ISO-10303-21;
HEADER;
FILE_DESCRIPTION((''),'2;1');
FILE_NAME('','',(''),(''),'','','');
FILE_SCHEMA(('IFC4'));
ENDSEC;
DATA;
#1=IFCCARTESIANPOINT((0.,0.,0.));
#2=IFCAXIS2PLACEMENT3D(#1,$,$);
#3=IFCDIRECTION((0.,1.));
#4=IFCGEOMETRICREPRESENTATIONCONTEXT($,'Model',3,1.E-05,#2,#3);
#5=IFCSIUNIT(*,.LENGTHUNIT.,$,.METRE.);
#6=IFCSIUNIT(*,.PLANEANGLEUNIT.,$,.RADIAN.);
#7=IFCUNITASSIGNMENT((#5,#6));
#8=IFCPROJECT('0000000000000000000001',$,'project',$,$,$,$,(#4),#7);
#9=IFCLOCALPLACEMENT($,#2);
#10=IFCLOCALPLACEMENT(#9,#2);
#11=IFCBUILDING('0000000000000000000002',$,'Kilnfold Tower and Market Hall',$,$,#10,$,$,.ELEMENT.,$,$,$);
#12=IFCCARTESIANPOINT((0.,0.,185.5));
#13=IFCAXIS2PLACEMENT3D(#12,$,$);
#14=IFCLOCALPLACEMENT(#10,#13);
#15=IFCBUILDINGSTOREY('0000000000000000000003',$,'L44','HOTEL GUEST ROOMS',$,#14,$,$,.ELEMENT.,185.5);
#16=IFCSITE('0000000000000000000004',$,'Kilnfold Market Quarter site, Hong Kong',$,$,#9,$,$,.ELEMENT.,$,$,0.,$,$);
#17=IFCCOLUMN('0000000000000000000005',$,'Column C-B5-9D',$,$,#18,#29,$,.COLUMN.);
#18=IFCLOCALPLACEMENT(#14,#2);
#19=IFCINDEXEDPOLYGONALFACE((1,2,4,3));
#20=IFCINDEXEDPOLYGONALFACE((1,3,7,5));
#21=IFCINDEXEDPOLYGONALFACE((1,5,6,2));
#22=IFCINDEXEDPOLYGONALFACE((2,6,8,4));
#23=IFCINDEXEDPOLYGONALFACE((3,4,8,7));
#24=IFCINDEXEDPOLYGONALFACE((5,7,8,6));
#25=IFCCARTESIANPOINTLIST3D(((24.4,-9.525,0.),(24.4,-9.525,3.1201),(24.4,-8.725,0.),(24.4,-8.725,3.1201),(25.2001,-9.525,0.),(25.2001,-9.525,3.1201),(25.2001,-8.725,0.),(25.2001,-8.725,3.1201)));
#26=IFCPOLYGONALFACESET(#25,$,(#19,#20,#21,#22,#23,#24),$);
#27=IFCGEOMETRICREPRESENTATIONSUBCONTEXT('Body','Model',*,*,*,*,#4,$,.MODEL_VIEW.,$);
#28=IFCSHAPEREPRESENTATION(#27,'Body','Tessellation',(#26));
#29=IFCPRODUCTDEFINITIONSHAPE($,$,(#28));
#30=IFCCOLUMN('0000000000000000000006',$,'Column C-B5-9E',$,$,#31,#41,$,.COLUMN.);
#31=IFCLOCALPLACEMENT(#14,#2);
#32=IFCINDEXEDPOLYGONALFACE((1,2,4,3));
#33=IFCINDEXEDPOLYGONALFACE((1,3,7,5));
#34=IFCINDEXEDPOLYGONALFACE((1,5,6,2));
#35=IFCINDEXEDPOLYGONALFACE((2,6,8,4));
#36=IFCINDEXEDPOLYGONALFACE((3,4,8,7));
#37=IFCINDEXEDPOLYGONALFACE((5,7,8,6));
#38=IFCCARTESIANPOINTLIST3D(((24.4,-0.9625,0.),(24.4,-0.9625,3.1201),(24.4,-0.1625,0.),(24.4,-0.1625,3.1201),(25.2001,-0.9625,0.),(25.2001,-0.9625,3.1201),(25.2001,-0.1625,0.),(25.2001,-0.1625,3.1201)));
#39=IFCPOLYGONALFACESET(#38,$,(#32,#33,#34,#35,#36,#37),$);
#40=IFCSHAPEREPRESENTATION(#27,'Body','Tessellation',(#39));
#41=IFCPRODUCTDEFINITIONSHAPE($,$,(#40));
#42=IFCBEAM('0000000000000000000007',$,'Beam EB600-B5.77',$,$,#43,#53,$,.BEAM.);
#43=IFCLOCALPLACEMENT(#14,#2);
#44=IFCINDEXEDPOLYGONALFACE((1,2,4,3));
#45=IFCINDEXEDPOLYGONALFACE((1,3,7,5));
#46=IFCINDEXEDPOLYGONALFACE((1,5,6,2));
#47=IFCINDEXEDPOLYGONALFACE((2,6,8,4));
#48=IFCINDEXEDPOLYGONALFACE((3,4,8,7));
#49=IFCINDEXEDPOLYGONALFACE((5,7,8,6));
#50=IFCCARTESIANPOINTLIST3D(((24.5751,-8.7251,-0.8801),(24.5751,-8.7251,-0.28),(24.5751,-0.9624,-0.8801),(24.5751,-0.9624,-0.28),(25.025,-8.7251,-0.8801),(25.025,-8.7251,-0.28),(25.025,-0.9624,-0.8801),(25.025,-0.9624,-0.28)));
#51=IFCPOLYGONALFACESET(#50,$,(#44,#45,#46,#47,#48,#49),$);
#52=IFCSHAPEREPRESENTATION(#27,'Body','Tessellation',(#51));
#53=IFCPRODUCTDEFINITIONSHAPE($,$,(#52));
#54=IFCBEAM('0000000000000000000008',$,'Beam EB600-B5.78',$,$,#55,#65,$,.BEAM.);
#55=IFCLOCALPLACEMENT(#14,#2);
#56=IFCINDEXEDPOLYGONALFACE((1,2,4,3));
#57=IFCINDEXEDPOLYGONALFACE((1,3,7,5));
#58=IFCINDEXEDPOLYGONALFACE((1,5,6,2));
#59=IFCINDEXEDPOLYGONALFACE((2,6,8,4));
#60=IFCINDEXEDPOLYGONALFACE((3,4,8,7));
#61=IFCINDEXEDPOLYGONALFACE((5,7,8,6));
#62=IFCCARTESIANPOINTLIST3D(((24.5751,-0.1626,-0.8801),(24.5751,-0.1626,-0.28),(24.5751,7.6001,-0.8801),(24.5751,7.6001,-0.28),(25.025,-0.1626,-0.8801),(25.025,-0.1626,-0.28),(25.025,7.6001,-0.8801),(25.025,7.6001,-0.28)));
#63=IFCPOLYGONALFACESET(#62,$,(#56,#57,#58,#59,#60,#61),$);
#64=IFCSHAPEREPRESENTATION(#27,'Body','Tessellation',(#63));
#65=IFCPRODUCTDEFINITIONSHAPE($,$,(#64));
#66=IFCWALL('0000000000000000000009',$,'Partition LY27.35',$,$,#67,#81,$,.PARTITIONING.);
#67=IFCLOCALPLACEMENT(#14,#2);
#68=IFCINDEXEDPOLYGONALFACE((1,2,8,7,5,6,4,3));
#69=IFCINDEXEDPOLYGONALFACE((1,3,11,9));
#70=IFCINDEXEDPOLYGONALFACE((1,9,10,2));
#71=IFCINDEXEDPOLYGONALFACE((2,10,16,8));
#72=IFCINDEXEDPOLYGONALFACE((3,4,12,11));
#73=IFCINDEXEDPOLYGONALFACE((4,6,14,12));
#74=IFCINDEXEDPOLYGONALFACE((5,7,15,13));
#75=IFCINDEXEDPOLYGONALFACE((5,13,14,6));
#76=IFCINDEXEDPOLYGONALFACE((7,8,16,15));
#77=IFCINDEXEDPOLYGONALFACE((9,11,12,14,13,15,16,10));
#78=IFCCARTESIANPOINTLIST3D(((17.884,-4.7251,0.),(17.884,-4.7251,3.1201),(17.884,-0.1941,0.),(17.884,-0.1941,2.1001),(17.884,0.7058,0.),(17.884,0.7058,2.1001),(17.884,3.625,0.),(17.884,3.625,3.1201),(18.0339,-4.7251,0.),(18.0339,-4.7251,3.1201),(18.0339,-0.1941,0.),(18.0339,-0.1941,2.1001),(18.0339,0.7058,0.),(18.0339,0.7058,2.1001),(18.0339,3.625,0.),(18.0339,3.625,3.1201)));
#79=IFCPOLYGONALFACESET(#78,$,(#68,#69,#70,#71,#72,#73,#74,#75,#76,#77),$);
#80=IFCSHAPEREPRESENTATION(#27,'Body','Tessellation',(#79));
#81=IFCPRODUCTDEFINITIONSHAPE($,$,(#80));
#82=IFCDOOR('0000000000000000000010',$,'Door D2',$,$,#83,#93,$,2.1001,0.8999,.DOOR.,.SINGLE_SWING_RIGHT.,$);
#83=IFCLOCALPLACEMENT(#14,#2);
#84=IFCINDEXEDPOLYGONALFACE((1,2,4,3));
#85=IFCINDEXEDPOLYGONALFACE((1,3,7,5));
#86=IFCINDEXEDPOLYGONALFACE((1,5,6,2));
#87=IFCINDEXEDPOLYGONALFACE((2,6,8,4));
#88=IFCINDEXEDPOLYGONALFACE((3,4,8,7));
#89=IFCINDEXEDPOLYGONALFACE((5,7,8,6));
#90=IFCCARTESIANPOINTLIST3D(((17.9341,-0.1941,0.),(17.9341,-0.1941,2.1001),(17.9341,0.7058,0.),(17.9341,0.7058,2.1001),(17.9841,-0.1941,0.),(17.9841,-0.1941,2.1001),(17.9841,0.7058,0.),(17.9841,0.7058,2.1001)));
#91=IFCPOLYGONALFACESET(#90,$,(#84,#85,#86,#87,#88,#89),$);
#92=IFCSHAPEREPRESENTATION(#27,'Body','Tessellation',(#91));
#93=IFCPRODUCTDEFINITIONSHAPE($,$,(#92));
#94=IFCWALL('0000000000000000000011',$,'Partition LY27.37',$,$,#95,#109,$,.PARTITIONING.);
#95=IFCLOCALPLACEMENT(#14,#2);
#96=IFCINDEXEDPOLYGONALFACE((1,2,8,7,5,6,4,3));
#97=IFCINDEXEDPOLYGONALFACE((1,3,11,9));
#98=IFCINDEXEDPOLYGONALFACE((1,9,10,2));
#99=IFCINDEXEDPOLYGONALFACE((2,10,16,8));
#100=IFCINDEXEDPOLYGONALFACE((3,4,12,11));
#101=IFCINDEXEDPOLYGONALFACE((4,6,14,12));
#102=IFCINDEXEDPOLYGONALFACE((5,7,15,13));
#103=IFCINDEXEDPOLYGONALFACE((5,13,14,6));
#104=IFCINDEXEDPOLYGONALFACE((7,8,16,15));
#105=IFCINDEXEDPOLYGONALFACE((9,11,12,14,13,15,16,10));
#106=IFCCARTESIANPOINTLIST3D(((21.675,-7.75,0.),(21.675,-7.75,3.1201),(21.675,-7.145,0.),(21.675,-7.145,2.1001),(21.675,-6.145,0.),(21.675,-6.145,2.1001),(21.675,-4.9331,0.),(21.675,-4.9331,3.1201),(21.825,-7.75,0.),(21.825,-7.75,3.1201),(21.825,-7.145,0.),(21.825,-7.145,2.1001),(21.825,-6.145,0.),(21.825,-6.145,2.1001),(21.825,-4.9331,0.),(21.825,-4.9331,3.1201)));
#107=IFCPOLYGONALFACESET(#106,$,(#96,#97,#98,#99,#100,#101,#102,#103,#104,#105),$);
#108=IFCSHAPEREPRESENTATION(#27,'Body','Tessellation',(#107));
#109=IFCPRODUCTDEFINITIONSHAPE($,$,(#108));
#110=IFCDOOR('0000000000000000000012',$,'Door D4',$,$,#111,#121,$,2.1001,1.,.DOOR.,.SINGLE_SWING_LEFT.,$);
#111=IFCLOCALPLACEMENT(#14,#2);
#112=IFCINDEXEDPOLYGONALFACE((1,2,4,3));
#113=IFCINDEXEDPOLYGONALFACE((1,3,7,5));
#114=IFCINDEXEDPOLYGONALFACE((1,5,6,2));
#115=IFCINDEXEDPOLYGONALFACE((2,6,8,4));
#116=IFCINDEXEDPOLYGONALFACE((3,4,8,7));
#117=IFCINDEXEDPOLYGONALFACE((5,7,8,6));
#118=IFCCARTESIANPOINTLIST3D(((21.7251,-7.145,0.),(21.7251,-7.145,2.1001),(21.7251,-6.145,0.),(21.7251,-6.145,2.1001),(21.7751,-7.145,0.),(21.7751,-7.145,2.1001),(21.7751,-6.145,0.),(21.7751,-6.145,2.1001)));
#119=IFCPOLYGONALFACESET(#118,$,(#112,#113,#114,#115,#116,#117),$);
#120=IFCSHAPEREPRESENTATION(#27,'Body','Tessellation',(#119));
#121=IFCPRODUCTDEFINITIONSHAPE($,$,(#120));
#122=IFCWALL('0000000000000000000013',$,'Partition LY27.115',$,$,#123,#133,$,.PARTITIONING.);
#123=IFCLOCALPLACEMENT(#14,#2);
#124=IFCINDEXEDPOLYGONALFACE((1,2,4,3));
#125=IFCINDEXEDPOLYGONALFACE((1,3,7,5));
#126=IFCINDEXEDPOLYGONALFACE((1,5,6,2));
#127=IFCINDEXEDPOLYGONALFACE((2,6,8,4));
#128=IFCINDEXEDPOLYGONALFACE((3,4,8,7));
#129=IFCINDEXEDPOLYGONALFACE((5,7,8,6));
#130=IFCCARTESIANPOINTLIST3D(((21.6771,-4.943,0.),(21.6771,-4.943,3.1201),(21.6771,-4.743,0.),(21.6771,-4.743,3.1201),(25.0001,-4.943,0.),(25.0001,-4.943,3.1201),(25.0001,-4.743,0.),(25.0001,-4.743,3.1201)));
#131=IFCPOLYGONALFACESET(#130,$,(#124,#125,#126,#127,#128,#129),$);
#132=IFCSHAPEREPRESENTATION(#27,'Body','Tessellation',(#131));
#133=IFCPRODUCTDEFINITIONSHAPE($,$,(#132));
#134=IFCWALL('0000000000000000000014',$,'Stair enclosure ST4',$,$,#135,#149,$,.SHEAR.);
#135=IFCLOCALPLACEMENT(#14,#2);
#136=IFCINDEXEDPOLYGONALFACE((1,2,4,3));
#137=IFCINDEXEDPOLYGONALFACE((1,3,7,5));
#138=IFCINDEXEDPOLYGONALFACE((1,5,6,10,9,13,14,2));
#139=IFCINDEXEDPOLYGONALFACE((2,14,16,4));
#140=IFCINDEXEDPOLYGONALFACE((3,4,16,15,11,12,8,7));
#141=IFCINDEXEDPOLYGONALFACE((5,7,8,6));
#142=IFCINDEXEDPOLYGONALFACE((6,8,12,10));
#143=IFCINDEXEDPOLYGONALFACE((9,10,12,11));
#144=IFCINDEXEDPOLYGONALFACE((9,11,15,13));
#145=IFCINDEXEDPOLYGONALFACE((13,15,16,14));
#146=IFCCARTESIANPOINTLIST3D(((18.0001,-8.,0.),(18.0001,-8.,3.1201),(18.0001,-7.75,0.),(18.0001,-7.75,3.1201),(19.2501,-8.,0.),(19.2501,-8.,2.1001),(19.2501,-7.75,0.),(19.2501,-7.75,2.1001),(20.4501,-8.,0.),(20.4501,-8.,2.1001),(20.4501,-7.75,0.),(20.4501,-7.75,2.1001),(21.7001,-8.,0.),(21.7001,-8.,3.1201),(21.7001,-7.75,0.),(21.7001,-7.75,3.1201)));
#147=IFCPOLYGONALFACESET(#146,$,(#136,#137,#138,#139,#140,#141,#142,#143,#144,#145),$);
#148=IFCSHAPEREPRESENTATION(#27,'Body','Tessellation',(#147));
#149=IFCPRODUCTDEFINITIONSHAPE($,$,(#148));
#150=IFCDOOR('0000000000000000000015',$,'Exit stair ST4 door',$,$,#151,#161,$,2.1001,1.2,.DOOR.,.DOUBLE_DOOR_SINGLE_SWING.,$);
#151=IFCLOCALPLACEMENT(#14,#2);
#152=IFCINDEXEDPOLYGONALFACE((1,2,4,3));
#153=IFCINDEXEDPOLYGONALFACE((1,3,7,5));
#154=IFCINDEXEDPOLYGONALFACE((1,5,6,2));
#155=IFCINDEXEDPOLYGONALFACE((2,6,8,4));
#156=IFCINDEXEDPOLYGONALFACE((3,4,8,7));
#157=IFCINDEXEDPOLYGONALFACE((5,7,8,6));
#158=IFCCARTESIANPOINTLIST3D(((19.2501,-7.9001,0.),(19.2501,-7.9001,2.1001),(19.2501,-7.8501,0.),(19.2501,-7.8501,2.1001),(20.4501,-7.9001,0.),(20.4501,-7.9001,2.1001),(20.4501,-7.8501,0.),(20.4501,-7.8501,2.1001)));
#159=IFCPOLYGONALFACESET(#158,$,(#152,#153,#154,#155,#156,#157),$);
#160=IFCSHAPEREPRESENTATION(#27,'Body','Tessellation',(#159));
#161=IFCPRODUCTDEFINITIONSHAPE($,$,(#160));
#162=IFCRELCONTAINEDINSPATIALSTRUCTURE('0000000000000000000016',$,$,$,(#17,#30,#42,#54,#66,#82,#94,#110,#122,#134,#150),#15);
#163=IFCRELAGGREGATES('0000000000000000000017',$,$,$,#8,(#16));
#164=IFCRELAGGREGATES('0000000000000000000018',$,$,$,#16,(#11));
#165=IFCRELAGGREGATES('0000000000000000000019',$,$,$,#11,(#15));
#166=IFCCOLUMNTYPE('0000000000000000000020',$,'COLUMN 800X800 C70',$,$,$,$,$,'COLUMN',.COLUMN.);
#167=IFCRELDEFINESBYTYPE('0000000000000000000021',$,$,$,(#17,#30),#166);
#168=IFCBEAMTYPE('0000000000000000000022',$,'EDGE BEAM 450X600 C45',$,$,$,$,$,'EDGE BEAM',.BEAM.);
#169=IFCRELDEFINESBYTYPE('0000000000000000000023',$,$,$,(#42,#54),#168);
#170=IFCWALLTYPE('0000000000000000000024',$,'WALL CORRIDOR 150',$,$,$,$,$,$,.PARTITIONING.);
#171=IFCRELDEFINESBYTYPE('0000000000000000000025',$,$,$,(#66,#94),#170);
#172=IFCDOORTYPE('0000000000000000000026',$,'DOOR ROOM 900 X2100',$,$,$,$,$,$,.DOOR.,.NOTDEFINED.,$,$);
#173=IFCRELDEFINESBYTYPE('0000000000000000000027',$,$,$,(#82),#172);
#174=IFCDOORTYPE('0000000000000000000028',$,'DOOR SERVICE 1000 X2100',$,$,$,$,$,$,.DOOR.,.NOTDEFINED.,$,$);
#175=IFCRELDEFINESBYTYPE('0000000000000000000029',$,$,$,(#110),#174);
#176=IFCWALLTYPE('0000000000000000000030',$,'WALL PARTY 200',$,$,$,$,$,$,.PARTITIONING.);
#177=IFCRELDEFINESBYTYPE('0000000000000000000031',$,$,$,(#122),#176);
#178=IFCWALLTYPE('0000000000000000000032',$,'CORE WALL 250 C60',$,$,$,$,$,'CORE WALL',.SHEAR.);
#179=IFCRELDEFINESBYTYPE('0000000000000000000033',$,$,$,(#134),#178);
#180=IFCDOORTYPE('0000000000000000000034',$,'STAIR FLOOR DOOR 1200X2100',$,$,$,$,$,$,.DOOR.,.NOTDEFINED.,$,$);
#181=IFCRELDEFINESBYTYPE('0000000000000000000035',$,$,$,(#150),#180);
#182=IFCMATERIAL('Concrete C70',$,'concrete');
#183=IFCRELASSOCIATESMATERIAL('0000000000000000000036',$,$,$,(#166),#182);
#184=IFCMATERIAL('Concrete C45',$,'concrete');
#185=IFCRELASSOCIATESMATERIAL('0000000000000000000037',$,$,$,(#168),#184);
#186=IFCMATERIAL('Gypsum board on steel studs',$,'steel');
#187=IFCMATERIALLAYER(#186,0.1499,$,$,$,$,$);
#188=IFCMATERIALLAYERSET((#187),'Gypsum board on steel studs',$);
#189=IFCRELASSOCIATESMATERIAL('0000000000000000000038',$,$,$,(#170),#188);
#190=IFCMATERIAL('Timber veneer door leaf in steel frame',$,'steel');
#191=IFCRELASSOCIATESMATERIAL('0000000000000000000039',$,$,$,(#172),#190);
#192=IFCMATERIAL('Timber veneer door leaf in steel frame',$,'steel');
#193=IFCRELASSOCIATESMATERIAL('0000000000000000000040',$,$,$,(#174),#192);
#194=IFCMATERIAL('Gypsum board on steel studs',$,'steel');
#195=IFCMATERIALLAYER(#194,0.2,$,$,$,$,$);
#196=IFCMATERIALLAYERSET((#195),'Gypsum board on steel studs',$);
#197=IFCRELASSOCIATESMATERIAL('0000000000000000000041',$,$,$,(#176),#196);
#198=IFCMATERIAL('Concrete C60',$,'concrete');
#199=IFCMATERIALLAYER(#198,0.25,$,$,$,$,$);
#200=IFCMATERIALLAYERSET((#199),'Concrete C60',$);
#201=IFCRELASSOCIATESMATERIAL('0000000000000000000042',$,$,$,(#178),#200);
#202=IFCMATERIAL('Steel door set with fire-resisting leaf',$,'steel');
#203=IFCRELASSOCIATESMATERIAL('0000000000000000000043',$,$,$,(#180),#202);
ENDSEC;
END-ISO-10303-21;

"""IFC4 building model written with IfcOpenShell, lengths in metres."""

from ifc_helpers import new_model, si_unit, direction, frame, frame_2d, origin, origin_2d, place, context, subcontext, project, spatial, rectangle, extrude, source, transform, mapped, material, layer, layer_set, material_profile, profile_set, type_object, element, fill, save


model = new_model("IFC4")

# Units and contexts
model_context = context("Model", 3, precision=1e-05, world=origin(), true_north=direction((0.0, 1.0)))
body_context = subcontext(model_context, "Body", "Model", "MODEL_VIEW")
ifc_project = project(units=[si_unit("LENGTHUNIT", "METRE"), si_unit("PLANEANGLEUNIT", "RADIAN")], contexts=[model_context])

# Site, building, storey
site_placement = place(None, origin())
site = spatial("IfcSite", under=ifc_project, at=site_placement, Name="Kilnfold Market Quarter site, Hong Kong", CompositionType="ELEMENT", RefElevation=0.0)
building_placement = place(site_placement, origin())
building = spatial("IfcBuilding", under=site, at=building_placement, Name="Kilnfold Tower and Market Hall", CompositionType="ELEMENT")
storey_placement = place(building_placement, frame((0.0, 0.0, 185.5)))
storey = spatial("IfcBuildingStorey", under=building, at=storey_placement, Name="L44", Description="HOTEL GUEST ROOMS", CompositionType="ELEMENT", Elevation=185.5)

# Columns
ifc_material_1 = material(Name="Concrete C70", Category="concrete")
ifc_material_profile_1 = material_profile(ifc_material_1, rectangle(XDim=0.8, YDim=0.8, at=origin_2d()), Name="RC 800x800")
ifc_profile_set_1 = profile_set([ifc_material_profile_1], Name="Concrete C70")
column_type = type_object("IfcColumnType", Name="COLUMN 800X800 C70", ElementType="COLUMN", PredefinedType="COLUMN", material=ifc_profile_set_1)
shared_shape_1 = source(origin(), body_context, "Body", "SweptSolid", [
    extrude(rectangle(XDim=0.8, YDim=0.8, at=origin_2d()), origin(), (0.0, 0.0, 1.0), 3.1201),
])
for number, where, z_axis, x_axis, name in (
    (1, (24.8, -9.125, 0.0), (0.0, 0.0, 1.0), (1.0, 0.0, 0.0), "Column C-B5-9D"),
    (2, (24.8, -0.5625, 0.0), (0.0, 0.0, 1.0), (1.0, 0.0, 0.0), "Column C-B5-9E"),
):
    element("IfcColumn", number, at=place(storey_placement, frame(where, z_axis=z_axis, x_axis=x_axis)), inside=storey, type_object=column_type, Name=name, PredefinedType="COLUMN", context=body_context, shape_type="MappedRepresentation", body=[
        mapped(shared_shape_1, transform((0.0, 0.0, 0.0))),
    ])

# Beams
ifc_material_2 = material(Name="Concrete C45", Category="concrete")
ifc_material_profile_2 = material_profile(ifc_material_2, rectangle(XDim=0.45, YDim=0.6001, at=origin_2d()), Name="RC 450x600")
ifc_profile_set_2 = profile_set([ifc_material_profile_2], Name="Concrete C45")
beam_type = type_object("IfcBeamType", Name="EDGE BEAM 450X600 C45", ElementType="EDGE BEAM", PredefinedType="BEAM", material=ifc_profile_set_2)
shared_shape_2 = source(origin(), body_context, "Body", "SweptSolid", [
    extrude(rectangle(XDim=0.45, YDim=0.6001, at=origin_2d()), origin(), (0.0, 0.0, 1.0), 7.7627),
])
for number, where, z_axis, x_axis, name in (
    (3, (24.8, -8.7251, -0.5801), (0.0, 1.0, 0.0), (-1.0, 0.0, 0.0), "Beam EB600-B5.77"),
    (4, (24.8, -0.1626, -0.5801), (0.0, 1.0, 0.0), (-1.0, 0.0, 0.0), "Beam EB600-B5.78"),
):
    element("IfcBeam", number, at=place(storey_placement, frame(where, z_axis=z_axis, x_axis=x_axis)), inside=storey, type_object=beam_type, Name=name, PredefinedType="BEAM", context=body_context, shape_type="MappedRepresentation", body=[
        mapped(shared_shape_2, transform((0.0, 0.0, 0.0))),
    ])

# Walls, openings, doors
ifc_material_3 = material(Name="Gypsum board on steel studs", Category="steel")
ifc_layer_1 = layer(ifc_material_3, 0.1499)
ifc_layer_set_1 = layer_set([ifc_layer_1], Name="Gypsum board on steel studs")
wall_type_1 = type_object("IfcWallType", Name="WALL CORRIDOR 150", PredefinedType="PARTITIONING", material=ifc_layer_set_1)
wall_1_placement = place(storey_placement, frame((17.959, -4.7251, 0.0), z_axis=(0.0, 0.0, 1.0), x_axis=(0.0, 1.0, 0.0)))
wall_1 = element("IfcWall", 5, at=wall_1_placement, inside=storey, type_object=wall_type_1, Name="Partition LY27.35", PredefinedType="PARTITIONING", context=body_context, shape_type="SweptSolid", body=[
    extrude(rectangle(XDim=8.3501, YDim=0.1499, at=frame_2d((4.175, 0.0))), origin(), (0.0, 0.0, 1.0), 3.1201),
])
opening_1_placement = place(wall_1_placement, frame((4.531, 0.0, 0.0)))
opening_1 = element("IfcOpeningElement", 6, at=opening_1_placement, cuts=wall_1, PredefinedType="OPENING", context=body_context, shape_type="SweptSolid", body=[
    extrude(rectangle(XDim=0.8999, YDim=2.1001, at=frame_2d((0.45, 1.05))), frame((0.0, 0.085, 0.0), z_axis=(0.0, -1.0, 0.0), x_axis=(1.0, 0.0, 0.0)), (0.0, 0.0, 1.0), 0.1699),
])
ifc_material_4 = material(Name="Timber veneer door leaf in steel frame", Category="steel")
door_type_1 = type_object("IfcDoorType", Name="DOOR ROOM 900 X2100", OperationType="NOTDEFINED", PredefinedType="DOOR", material=ifc_material_4)
door_1_placement = place(opening_1_placement, origin())
door_1 = element("IfcDoor", 7, at=door_1_placement, inside=storey, type_object=door_type_1, Name="Door D2", OperationType="SINGLE_SWING_RIGHT", OverallHeight=2.1001, OverallWidth=0.8999, PredefinedType="DOOR", context=body_context, shape_type="SweptSolid", body=[
    extrude(rectangle(XDim=0.8999, YDim=2.1001, at=frame_2d((0.45, 1.05))), frame((0.0, 0.0249, 0.0), z_axis=(0.0, -1.0, 0.0), x_axis=(1.0, 0.0, 0.0)), (0.0, 0.0, 1.0), 0.05),
])
fill(opening_1, door_1)
wall_2_placement = place(storey_placement, frame((21.75, -7.75, 0.0), z_axis=(0.0, 0.0, 1.0), x_axis=(0.0, 1.0, 0.0)))
wall_2 = element("IfcWall", 8, at=wall_2_placement, inside=storey, type_object=wall_type_1, Name="Partition LY27.37", PredefinedType="PARTITIONING", context=body_context, shape_type="SweptSolid", body=[
    extrude(rectangle(XDim=2.8169, YDim=0.1499, at=frame_2d((1.4084, 0.0))), origin(), (0.0, 0.0, 1.0), 3.1201),
])
opening_2_placement = place(wall_2_placement, frame((0.605, 0.0, 0.0)))
opening_2 = element("IfcOpeningElement", 9, at=opening_2_placement, cuts=wall_2, PredefinedType="OPENING", context=body_context, shape_type="SweptSolid", body=[
    extrude(rectangle(XDim=1.0, YDim=2.1001, at=frame_2d((0.5, 1.05))), frame((0.0, 0.085, 0.0), z_axis=(0.0, -1.0, 0.0), x_axis=(1.0, 0.0, 0.0)), (0.0, 0.0, 1.0), 0.1699),
])
ifc_material_5 = material(Name="Timber veneer door leaf in steel frame", Category="steel")
door_type_2 = type_object("IfcDoorType", Name="DOOR SERVICE 1000 X2100", OperationType="NOTDEFINED", PredefinedType="DOOR", material=ifc_material_5)
door_2_placement = place(opening_2_placement, origin())
door_2 = element("IfcDoor", 10, at=door_2_placement, inside=storey, type_object=door_type_2, Name="Door D4", OperationType="SINGLE_SWING_LEFT", OverallHeight=2.1001, OverallWidth=1.0, PredefinedType="DOOR", context=body_context, shape_type="SweptSolid", body=[
    extrude(rectangle(XDim=1.0, YDim=2.1001, at=frame_2d((0.5, 1.05))), frame((0.0, 0.0249, 0.0), z_axis=(0.0, -1.0, 0.0), x_axis=(1.0, 0.0, 0.0)), (0.0, 0.0, 1.0), 0.05),
])
fill(opening_2, door_2)

# Wall
ifc_material_6 = material(Name="Gypsum board on steel studs", Category="steel")
ifc_layer_2 = layer(ifc_material_6, 0.2)
ifc_layer_set_2 = layer_set([ifc_layer_2], Name="Gypsum board on steel studs")
wall_type_2 = type_object("IfcWallType", Name="WALL PARTY 200", PredefinedType="PARTITIONING", material=ifc_layer_set_2)
wall_3_placement = place(storey_placement, frame((21.677, -4.843, 0.0), z_axis=(0.0, 0.0, 1.0), x_axis=(1.0, 0.0, 0.0)))
element("IfcWall", 11, at=wall_3_placement, inside=storey, type_object=wall_type_2, Name="Partition LY27.115", PredefinedType="PARTITIONING", context=body_context, shape_type="SweptSolid", body=[
    extrude(rectangle(XDim=3.323, YDim=0.2, at=frame_2d((1.6616, 0.0))), origin(), (0.0, 0.0, 1.0), 3.1201),
])

# Wall, opening, door
ifc_material_7 = material(Name="Concrete C60", Category="concrete")
ifc_layer_3 = layer(ifc_material_7, 0.25)
ifc_layer_set_3 = layer_set([ifc_layer_3], Name="Concrete C60")
wall_type_3 = type_object("IfcWallType", Name="CORE WALL 250 C60", ElementType="CORE WALL", PredefinedType="SHEAR", material=ifc_layer_set_3)
shared_shape_3 = source(origin(), body_context, "Body", "SweptSolid", [
    extrude(rectangle(XDim=3.7, YDim=0.25, at=frame_2d((1.8501, 0.0))), origin(), (0.0, 0.0, 1.0), 3.1201),
])
wall_4_placement = place(storey_placement, frame((18.0, -7.875, 0.0), z_axis=(0.0, 0.0, 1.0), x_axis=(1.0, 0.0, 0.0)))
wall_4 = element("IfcWall", 12, at=wall_4_placement, inside=storey, type_object=wall_type_3, Name="Stair enclosure ST4", PredefinedType="SHEAR", context=body_context, shape_type="MappedRepresentation", body=[
    mapped(shared_shape_3, transform((0.0, 0.0, 0.0))),
])
opening_3_placement = place(wall_4_placement, frame((1.25, 0.0, 0.0)))
opening_3 = element("IfcOpeningElement", 13, at=opening_3_placement, cuts=wall_4, PredefinedType="OPENING", context=body_context, shape_type="SweptSolid", body=[
    extrude(rectangle(XDim=1.2, YDim=2.1001, at=frame_2d((0.6001, 1.05))), frame((0.0, 0.135, 0.0), z_axis=(0.0, -1.0, 0.0), x_axis=(1.0, 0.0, 0.0)), (0.0, 0.0, 1.0), 0.27),
])
ifc_material_8 = material(Name="Steel door set with fire-resisting leaf", Category="steel")
door_type_3 = type_object("IfcDoorType", Name="STAIR FLOOR DOOR 1200X2100", OperationType="NOTDEFINED", PredefinedType="DOOR", material=ifc_material_8)
door_3_placement = place(opening_3_placement, origin())
door_3 = element("IfcDoor", 14, at=door_3_placement, inside=storey, type_object=door_type_3, Name="Exit stair ST4 door", OperationType="DOUBLE_DOOR_SINGLE_SWING", OverallHeight=2.1001, OverallWidth=1.2, PredefinedType="DOOR", context=body_context, shape_type="SweptSolid", body=[
    extrude(rectangle(XDim=1.2, YDim=2.1001, at=frame_2d((0.6001, 1.05))), frame((0.0, 0.0249, 0.0), z_axis=(0.0, -1.0, 0.0), x_axis=(1.0, 0.0, 0.0)), (0.0, 0.0, 1.0), 0.05),
])
fill(opening_3, door_3)

save(model, "model.ifc")
